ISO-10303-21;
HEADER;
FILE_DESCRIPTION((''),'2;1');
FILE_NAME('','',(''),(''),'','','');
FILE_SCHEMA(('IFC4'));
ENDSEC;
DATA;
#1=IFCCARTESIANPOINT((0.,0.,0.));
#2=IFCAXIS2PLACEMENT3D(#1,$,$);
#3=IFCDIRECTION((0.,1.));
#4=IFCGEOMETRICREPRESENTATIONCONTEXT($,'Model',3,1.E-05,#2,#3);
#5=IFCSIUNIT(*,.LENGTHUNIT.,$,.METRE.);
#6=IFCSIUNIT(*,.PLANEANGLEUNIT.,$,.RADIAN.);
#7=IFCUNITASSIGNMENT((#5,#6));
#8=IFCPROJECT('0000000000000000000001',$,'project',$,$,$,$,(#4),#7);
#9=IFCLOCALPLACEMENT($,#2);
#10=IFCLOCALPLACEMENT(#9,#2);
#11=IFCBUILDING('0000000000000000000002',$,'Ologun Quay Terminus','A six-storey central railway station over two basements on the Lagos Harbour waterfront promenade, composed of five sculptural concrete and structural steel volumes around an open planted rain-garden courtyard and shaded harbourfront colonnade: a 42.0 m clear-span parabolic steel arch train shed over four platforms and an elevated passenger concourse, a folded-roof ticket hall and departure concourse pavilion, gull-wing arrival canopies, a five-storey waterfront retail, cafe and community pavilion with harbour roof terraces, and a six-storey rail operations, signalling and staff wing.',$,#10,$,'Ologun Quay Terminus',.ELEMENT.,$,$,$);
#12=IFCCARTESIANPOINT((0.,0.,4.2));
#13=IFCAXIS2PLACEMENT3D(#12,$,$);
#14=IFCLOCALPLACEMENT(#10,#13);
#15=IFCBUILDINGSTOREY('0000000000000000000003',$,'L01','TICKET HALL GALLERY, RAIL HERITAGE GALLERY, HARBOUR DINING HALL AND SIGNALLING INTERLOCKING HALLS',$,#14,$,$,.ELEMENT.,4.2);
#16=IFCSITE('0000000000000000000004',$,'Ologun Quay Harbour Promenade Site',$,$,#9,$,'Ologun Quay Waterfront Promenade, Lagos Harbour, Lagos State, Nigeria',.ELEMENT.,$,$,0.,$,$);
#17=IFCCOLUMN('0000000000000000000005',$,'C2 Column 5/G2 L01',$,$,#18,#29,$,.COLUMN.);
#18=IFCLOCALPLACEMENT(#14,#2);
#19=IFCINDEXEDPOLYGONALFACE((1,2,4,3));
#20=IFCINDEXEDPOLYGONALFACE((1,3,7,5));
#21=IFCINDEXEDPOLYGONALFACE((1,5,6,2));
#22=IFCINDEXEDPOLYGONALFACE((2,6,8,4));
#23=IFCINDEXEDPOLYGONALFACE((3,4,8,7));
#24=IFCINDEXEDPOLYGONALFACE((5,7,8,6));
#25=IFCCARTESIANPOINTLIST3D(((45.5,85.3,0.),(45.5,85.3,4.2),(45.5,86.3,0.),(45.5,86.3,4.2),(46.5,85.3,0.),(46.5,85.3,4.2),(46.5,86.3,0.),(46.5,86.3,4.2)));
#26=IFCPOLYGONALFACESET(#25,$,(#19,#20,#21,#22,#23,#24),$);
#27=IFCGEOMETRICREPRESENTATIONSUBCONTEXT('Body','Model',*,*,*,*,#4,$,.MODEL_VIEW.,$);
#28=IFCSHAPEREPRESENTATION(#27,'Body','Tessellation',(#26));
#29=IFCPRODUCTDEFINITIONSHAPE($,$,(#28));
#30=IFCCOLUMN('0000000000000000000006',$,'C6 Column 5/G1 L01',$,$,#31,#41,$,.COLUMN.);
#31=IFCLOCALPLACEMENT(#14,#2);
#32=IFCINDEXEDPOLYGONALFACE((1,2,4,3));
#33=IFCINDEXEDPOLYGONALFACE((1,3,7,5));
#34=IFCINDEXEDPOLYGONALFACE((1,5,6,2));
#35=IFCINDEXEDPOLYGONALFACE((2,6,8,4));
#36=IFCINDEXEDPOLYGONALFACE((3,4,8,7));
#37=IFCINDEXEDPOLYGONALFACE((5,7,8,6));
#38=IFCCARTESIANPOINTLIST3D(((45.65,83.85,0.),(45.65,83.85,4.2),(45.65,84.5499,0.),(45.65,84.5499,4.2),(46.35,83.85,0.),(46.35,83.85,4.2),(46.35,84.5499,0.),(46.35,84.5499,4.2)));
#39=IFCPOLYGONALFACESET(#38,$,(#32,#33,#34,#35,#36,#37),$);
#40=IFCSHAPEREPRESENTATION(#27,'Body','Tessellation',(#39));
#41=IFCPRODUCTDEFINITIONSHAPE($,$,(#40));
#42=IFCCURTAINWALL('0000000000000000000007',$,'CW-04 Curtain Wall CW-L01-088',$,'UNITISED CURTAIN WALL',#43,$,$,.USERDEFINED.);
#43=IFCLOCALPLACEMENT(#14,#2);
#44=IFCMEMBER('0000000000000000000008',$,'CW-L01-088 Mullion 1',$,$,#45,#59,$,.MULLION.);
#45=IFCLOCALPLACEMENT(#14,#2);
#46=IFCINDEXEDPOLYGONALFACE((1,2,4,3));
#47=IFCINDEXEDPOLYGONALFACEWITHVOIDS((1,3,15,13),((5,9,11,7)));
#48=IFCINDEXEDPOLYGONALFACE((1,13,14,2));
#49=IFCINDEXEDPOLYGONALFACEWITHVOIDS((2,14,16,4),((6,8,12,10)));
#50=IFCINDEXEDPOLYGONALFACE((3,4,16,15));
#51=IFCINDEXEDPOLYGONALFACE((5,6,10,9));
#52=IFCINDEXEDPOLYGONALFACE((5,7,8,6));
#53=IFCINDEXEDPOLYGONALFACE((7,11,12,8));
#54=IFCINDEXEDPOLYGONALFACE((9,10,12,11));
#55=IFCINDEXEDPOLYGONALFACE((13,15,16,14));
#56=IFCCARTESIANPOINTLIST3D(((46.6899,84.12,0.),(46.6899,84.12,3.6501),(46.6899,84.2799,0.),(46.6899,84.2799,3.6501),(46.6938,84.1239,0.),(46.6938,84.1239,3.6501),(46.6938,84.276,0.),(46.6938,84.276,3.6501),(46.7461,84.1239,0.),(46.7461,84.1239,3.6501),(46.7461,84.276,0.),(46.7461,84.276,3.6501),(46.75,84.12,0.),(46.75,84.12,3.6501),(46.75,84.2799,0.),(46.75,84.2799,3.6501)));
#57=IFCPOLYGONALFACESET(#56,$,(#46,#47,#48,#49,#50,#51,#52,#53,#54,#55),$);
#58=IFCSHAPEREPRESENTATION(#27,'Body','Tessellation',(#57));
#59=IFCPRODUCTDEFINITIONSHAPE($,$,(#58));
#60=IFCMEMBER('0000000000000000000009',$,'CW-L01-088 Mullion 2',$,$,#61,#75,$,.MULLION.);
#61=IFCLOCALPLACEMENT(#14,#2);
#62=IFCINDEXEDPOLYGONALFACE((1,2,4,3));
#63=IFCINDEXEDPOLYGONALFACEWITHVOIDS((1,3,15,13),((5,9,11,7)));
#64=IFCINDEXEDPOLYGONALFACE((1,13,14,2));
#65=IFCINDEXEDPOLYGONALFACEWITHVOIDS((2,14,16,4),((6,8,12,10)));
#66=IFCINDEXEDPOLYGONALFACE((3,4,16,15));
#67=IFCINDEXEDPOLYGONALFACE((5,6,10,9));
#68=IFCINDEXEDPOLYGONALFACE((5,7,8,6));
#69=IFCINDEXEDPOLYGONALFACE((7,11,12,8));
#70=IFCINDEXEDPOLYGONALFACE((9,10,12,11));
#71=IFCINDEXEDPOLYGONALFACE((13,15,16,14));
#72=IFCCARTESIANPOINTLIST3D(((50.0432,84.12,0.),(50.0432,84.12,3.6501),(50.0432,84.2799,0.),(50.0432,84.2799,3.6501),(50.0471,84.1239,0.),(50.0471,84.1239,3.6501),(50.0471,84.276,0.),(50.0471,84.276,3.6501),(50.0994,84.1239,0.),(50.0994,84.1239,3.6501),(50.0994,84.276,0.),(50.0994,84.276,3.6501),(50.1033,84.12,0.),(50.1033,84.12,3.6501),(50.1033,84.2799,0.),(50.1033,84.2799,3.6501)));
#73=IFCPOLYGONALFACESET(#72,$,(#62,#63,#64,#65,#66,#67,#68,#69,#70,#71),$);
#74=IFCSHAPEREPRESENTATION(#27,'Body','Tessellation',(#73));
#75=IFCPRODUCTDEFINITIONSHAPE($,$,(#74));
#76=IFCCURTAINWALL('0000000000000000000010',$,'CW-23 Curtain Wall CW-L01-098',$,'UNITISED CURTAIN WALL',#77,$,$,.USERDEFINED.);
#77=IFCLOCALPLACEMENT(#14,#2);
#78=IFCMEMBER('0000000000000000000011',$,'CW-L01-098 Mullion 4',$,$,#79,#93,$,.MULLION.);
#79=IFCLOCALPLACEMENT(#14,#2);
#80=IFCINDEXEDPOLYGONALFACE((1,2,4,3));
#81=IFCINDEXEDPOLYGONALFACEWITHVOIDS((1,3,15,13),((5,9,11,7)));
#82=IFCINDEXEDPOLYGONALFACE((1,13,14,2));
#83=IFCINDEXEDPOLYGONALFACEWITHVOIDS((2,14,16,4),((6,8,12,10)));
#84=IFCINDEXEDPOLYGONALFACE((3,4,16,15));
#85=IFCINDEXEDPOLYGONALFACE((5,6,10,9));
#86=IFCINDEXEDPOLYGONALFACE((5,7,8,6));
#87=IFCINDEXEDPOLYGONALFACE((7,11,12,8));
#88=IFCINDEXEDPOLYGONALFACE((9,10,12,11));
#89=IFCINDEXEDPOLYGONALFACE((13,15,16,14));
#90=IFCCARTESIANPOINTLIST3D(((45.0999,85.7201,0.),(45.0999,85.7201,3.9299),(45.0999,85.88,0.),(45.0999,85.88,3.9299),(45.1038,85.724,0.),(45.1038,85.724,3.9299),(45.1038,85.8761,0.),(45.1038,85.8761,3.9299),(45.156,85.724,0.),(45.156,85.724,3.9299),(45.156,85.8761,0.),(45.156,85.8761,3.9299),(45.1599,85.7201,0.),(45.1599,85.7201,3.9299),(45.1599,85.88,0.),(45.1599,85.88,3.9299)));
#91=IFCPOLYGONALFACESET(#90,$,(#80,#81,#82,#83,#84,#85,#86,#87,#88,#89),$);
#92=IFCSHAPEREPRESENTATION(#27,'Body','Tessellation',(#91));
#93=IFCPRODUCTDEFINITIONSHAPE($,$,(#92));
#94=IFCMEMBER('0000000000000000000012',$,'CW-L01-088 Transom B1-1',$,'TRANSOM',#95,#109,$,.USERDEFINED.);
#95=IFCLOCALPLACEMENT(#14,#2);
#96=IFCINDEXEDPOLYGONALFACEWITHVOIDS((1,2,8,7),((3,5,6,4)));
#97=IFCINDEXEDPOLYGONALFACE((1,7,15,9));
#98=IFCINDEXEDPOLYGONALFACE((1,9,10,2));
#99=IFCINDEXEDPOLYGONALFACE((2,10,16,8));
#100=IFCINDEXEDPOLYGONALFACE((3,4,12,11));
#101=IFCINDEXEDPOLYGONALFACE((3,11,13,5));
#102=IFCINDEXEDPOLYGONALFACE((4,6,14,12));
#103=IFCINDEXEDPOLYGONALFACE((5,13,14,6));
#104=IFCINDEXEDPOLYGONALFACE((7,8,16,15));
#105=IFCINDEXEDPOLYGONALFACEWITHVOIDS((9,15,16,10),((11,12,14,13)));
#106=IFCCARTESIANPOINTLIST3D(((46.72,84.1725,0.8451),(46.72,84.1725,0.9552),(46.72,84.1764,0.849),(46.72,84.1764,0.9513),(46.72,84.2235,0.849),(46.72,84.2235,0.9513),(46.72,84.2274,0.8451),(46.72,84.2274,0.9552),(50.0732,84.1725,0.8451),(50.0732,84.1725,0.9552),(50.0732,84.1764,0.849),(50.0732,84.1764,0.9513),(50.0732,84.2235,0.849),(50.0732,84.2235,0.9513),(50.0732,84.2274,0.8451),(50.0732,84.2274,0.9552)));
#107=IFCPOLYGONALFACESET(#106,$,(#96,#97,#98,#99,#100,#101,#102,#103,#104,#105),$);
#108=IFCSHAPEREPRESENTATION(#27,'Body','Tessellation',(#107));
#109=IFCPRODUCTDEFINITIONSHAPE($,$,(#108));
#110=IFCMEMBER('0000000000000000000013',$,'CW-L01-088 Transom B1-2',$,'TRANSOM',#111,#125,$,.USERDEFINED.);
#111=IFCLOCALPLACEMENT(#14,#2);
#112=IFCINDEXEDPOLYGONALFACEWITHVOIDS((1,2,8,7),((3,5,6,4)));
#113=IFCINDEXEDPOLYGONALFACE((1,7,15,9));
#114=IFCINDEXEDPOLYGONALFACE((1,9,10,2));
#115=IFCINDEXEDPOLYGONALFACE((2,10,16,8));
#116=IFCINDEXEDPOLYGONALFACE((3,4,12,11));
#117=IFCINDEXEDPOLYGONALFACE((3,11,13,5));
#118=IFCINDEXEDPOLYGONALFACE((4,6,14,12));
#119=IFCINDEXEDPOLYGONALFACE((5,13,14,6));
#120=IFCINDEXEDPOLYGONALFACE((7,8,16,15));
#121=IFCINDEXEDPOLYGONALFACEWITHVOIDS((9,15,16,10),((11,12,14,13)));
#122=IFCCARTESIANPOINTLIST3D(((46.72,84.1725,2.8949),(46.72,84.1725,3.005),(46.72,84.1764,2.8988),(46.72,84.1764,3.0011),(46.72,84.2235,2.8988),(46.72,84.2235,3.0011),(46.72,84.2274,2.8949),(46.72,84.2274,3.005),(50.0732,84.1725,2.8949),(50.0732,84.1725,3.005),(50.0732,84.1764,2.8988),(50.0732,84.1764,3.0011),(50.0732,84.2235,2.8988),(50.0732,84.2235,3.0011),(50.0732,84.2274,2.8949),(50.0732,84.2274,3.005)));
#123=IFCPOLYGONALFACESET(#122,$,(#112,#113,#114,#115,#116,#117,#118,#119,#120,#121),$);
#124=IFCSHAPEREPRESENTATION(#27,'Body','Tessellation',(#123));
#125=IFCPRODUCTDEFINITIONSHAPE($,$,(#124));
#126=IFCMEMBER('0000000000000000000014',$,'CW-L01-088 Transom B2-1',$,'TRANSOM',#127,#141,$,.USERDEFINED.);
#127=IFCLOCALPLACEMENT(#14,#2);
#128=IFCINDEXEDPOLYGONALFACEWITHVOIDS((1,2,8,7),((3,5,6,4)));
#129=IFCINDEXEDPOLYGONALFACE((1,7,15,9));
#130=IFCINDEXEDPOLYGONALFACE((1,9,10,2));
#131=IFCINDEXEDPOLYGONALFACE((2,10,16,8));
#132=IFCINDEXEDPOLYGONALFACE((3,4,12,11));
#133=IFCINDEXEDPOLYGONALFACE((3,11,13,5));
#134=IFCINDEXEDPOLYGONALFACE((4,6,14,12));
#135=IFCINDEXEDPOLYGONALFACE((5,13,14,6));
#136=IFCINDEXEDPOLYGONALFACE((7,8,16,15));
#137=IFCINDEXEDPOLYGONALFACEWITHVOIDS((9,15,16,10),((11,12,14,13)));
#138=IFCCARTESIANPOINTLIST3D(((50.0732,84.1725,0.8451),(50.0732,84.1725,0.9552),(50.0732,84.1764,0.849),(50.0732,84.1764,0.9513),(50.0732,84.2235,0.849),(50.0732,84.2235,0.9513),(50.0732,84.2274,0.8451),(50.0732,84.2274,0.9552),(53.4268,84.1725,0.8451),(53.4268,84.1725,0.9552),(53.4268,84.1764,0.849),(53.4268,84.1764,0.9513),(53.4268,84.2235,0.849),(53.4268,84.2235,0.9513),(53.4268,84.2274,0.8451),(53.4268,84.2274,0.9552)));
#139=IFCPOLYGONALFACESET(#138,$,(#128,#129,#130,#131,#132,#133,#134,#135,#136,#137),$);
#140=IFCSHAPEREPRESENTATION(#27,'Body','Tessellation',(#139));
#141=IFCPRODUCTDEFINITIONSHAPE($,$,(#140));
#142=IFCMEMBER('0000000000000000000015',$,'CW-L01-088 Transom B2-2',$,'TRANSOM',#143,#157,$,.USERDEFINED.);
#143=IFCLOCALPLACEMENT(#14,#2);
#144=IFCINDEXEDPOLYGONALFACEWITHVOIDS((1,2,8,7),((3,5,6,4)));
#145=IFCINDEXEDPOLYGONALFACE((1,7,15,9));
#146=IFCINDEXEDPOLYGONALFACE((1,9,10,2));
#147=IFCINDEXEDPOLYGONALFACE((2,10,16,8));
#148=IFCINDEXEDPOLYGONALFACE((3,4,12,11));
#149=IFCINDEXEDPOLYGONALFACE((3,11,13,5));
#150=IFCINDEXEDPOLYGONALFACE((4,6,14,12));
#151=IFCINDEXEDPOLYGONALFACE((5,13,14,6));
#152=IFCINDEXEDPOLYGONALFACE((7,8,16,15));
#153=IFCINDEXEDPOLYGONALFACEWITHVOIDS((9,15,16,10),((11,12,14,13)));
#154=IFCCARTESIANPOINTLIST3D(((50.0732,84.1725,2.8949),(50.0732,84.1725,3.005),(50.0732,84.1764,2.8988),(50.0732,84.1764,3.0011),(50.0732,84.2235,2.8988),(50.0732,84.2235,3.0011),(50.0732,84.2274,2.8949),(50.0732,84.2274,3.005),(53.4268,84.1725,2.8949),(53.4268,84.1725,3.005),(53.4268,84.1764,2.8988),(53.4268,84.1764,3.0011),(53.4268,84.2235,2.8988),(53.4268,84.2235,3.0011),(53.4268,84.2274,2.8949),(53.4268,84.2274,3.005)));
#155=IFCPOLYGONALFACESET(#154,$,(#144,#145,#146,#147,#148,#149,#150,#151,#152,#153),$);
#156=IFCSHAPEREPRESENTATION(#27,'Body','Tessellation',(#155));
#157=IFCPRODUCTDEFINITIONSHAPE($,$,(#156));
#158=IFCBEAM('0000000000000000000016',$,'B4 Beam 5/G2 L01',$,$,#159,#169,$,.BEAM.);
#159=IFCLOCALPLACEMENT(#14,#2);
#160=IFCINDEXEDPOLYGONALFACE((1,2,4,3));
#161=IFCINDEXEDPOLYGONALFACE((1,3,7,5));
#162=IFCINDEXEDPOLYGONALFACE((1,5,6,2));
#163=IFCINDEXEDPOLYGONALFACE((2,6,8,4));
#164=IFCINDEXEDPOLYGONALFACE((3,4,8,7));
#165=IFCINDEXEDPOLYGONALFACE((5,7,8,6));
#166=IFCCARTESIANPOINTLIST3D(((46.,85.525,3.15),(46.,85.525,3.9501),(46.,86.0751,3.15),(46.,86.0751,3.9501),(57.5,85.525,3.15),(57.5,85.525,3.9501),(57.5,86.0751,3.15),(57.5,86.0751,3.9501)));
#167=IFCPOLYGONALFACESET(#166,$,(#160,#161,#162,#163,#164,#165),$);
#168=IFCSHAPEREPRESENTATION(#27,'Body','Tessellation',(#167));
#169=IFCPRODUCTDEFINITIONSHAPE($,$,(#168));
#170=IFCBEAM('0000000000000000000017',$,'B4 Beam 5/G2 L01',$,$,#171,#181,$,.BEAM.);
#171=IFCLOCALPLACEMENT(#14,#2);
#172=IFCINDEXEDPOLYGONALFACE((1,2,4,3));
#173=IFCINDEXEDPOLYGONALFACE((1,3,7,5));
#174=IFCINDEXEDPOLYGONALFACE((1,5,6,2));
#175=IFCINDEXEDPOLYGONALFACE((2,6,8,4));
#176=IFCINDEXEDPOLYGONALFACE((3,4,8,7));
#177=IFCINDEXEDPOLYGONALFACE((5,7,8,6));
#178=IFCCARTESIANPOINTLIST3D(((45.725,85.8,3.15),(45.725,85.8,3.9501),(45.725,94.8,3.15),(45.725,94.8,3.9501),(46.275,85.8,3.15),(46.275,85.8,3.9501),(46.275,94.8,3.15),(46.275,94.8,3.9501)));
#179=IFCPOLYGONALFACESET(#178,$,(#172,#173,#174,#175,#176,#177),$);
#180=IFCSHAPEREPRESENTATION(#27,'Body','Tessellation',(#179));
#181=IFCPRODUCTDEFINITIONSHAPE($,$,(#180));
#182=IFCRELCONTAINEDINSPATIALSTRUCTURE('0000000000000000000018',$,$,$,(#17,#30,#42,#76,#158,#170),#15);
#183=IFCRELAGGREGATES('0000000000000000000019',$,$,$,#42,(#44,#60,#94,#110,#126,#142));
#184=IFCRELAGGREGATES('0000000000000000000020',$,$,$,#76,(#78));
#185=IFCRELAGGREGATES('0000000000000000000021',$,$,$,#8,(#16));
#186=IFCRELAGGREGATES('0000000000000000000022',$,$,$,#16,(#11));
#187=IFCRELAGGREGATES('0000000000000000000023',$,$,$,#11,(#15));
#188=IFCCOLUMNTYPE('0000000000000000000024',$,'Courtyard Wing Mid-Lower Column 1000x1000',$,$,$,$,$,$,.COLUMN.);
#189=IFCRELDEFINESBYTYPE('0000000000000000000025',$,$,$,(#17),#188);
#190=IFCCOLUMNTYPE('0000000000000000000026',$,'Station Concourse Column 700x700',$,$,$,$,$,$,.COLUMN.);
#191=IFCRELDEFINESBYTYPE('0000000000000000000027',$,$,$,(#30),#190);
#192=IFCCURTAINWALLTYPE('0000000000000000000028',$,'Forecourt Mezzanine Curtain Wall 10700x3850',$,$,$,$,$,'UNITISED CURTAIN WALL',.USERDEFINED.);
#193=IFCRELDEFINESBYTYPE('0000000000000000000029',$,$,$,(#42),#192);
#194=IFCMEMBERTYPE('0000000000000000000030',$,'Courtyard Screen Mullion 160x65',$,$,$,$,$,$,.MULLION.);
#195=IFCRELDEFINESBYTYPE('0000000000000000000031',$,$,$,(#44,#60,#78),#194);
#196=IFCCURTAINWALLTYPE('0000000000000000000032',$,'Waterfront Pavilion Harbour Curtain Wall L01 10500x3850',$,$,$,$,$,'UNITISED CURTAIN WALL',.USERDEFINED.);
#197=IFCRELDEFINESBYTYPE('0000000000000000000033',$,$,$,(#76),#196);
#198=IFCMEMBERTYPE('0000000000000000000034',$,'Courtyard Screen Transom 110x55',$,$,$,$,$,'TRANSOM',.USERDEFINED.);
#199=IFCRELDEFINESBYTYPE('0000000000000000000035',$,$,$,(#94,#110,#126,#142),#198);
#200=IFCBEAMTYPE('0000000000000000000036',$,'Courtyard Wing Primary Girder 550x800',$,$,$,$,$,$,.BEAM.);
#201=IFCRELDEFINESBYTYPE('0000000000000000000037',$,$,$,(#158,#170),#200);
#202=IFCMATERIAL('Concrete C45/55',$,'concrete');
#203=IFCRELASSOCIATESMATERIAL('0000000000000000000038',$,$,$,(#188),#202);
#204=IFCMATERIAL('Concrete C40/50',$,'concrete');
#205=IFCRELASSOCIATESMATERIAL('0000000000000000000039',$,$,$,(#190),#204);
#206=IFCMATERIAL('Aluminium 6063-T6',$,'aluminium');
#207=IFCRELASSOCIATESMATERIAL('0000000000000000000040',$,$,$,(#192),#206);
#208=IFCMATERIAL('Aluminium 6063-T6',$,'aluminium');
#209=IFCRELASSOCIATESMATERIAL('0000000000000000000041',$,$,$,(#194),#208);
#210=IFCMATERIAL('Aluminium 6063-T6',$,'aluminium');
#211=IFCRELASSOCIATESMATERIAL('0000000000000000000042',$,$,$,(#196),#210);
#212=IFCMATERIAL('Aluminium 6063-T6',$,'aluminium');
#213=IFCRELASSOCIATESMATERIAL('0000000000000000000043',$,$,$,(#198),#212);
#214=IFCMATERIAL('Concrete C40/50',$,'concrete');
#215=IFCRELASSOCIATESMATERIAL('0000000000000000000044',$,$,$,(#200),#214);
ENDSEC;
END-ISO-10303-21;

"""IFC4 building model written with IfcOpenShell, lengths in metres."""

from ifc_helpers import new_model, si_unit, direction, frame, origin, origin_2d, place, context, subcontext, project, spatial, rectangle, hollow_rectangle, extrude, material, material_profile, profile_set, type_object, element, aggregate, save


model = new_model("IFC4")

# Units and contexts
model_context = context("Model", 3, precision=1e-05, world=origin(), true_north=direction((0.0, 1.0)))
body_context = subcontext(model_context, "Body", "Model", "MODEL_VIEW")
ifc_project = project(units=[si_unit("LENGTHUNIT", "METRE"), si_unit("PLANEANGLEUNIT", "RADIAN")], contexts=[model_context])

# Site, building, storey
site_placement = place(None, origin())
site = spatial("IfcSite", under=ifc_project, at=site_placement, Name="Ologun Quay Harbour Promenade Site", LongName="Ologun Quay Waterfront Promenade, Lagos Harbour, Lagos State, Nigeria", CompositionType="ELEMENT", RefElevation=0.0)
building_placement = place(site_placement, origin())
building = spatial("IfcBuilding", under=site, at=building_placement, Name="Ologun Quay Terminus", Description="A six-storey central railway station over two basements on the Lagos Harbour waterfront promenade, composed of five sculptural concrete and structural steel volumes around an open planted rain-garden courtyard and shaded harbourfront colonnade: a 42.0 m clear-span parabolic steel arch train shed over four platforms and an elevated passenger concourse, a folded-roof ticket hall and departure concourse pavilion, gull-wing arrival canopies, a five-storey waterfront retail, cafe and community pavilion with harbour roof terraces, and a six-storey rail operations, signalling and staff wing.", LongName="Ologun Quay Terminus", CompositionType="ELEMENT")
storey_placement = place(building_placement, frame((0.0, 0.0, 4.2)))
storey = spatial("IfcBuildingStorey", under=building, at=storey_placement, Name="L01", Description="TICKET HALL GALLERY, RAIL HERITAGE GALLERY, HARBOUR DINING HALL AND SIGNALLING INTERLOCKING HALLS", CompositionType="ELEMENT", Elevation=4.2)

# Columns
ifc_material_1 = material(Name="Concrete C45/55", Category="concrete")
ifc_material_profile_1 = material_profile(ifc_material_1, rectangle(XDim=1.0, YDim=1.0, at=origin_2d()), Name="RC 1000x1000")
ifc_profile_set_1 = profile_set([ifc_material_profile_1], Name="Concrete C45/55")
column_type_1 = type_object("IfcColumnType", Name="Courtyard Wing Mid-Lower Column 1000x1000", PredefinedType="COLUMN", material=ifc_profile_set_1)
column_1_placement = place(storey_placement, frame((46.0, 85.8, 0.0), z_axis=(0.0, 0.0, 1.0), x_axis=(1.0, 0.0, 0.0)))
element("IfcColumn", 1, at=column_1_placement, inside=storey, type_object=column_type_1, Name="C2 Column 5/G2 L01", PredefinedType="COLUMN", context=body_context, shape_type="SweptSolid", body=[
    extrude(rectangle(XDim=1.0, YDim=1.0, at=origin_2d()), origin(), (0.0, 0.0, 1.0), 4.2),
])
ifc_material_2 = material(Name="Concrete C40/50", Category="concrete")
ifc_material_profile_2 = material_profile(ifc_material_2, rectangle(XDim=0.7, YDim=0.7, at=origin_2d()), Name="RC 700x700")
ifc_profile_set_2 = profile_set([ifc_material_profile_2], Name="Concrete C40/50")
column_type_2 = type_object("IfcColumnType", Name="Station Concourse Column 700x700", PredefinedType="COLUMN", material=ifc_profile_set_2)
column_2_placement = place(storey_placement, frame((46.0, 84.2, 0.0), z_axis=(0.0, 0.0, 1.0), x_axis=(1.0, 0.0, 0.0)))
element("IfcColumn", 2, at=column_2_placement, inside=storey, type_object=column_type_2, Name="C6 Column 5/G1 L01", PredefinedType="COLUMN", context=body_context, shape_type="SweptSolid", body=[
    extrude(rectangle(XDim=0.7, YDim=0.7, at=origin_2d()), origin(), (0.0, 0.0, 1.0), 4.2),
])

# Curtain wall, members
ifc_material_3 = material(Name="Aluminium 6063-T6", Category="aluminium")
curtain_wall_type_1 = type_object("IfcCurtainWallType", Name="Forecourt Mezzanine Curtain Wall 10700x3850", ElementType="UNITISED CURTAIN WALL", PredefinedType="USERDEFINED", material=ifc_material_3)
curtain_wall_1_placement = place(storey_placement, origin())
curtain_wall_1 = element("IfcCurtainWall", 3, at=curtain_wall_1_placement, inside=storey, type_object=curtain_wall_type_1, Name="CW-04 Curtain Wall CW-L01-088", ObjectType="UNITISED CURTAIN WALL", PredefinedType="USERDEFINED")
ifc_material_4 = material(Name="Aluminium 6063-T6", Category="aluminium")
ifc_material_profile_3 = material_profile(ifc_material_4, hollow_rectangle(XDim=0.0601, YDim=0.1599, WallThickness=0.0039, at=origin_2d()), Name="ALU 160x60x4")
ifc_profile_set_3 = profile_set([ifc_material_profile_3], Name="Aluminium 6063-T6")
member_type_1 = type_object("IfcMemberType", Name="Courtyard Screen Mullion 160x65", PredefinedType="MULLION", material=ifc_profile_set_3)
member_1_placement = place(storey_placement, frame((46.72, 84.2, 0.0), z_axis=(0.0, 0.0, 1.0), x_axis=(1.0, 0.0, 0.0)))
member_1 = element("IfcMember", 4, at=member_1_placement, type_object=member_type_1, Name="CW-L01-088 Mullion 1", PredefinedType="MULLION", context=body_context, shape_type="SweptSolid", body=[
    extrude(hollow_rectangle(XDim=0.0601, YDim=0.1599, WallThickness=0.0039, at=origin_2d()), origin(), (0.0, 0.0, 1.0), 3.6501),
])
member_2_placement = place(storey_placement, frame((50.0732, 84.2, 0.0), z_axis=(0.0, 0.0, 1.0), x_axis=(1.0, 0.0, 0.0)))
member_2 = element("IfcMember", 5, at=member_2_placement, type_object=member_type_1, Name="CW-L01-088 Mullion 2", PredefinedType="MULLION", context=body_context, shape_type="SweptSolid", body=[
    extrude(hollow_rectangle(XDim=0.0601, YDim=0.1599, WallThickness=0.0039, at=origin_2d()), origin(), (0.0, 0.0, 1.0), 3.6501),
])

# Curtain wall, member
ifc_material_5 = material(Name="Aluminium 6063-T6", Category="aluminium")
curtain_wall_type_2 = type_object("IfcCurtainWallType", Name="Waterfront Pavilion Harbour Curtain Wall L01 10500x3850", ElementType="UNITISED CURTAIN WALL", PredefinedType="USERDEFINED", material=ifc_material_5)
curtain_wall_2_placement = place(storey_placement, origin())
curtain_wall_2 = element("IfcCurtainWall", 6, at=curtain_wall_2_placement, inside=storey, type_object=curtain_wall_type_2, Name="CW-23 Curtain Wall CW-L01-098", ObjectType="UNITISED CURTAIN WALL", PredefinedType="USERDEFINED")
member_3_placement = place(storey_placement, frame((45.1299, 85.8, 0.0), z_axis=(0.0, 0.0, 1.0), x_axis=(1.0, 0.0, 0.0)))
member_3 = element("IfcMember", 7, at=member_3_placement, type_object=member_type_1, Name="CW-L01-098 Mullion 4", PredefinedType="MULLION", context=body_context, shape_type="SweptSolid", body=[
    extrude(hollow_rectangle(XDim=0.0601, YDim=0.1599, WallThickness=0.0039, at=origin_2d()), origin(), (0.0, 0.0, 1.0), 3.9299),
])

# Members
ifc_material_6 = material(Name="Aluminium 6063-T6", Category="aluminium")
ifc_material_profile_4 = material_profile(ifc_material_6, hollow_rectangle(XDim=0.0549, YDim=0.1101, WallThickness=0.0039, at=origin_2d()), Name="ALU 110x55x4")
ifc_profile_set_4 = profile_set([ifc_material_profile_4], Name="Aluminium 6063-T6")
member_type_2 = type_object("IfcMemberType", Name="Courtyard Screen Transom 110x55", ElementType="TRANSOM", PredefinedType="USERDEFINED", material=ifc_profile_set_4)
member_4_placement = place(storey_placement, frame((46.72, 84.2, 0.9001), z_axis=(1.0, 0.0, 0.0), x_axis=(0.0, 1.0, 0.0)))
member_4 = element("IfcMember", 8, at=member_4_placement, type_object=member_type_2, Name="CW-L01-088 Transom B1-1", ObjectType="TRANSOM", PredefinedType="USERDEFINED", context=body_context, shape_type="SweptSolid", body=[
    extrude(hollow_rectangle(XDim=0.0549, YDim=0.1101, WallThickness=0.0039, at=origin_2d()), origin(), (0.0, 0.0, 1.0), 3.3533),
])
member_5_placement = place(storey_placement, frame((46.72, 84.2, 2.95), z_axis=(1.0, 0.0, 0.0), x_axis=(0.0, 1.0, 0.0)))
member_5 = element("IfcMember", 9, at=member_5_placement, type_object=member_type_2, Name="CW-L01-088 Transom B1-2", ObjectType="TRANSOM", PredefinedType="USERDEFINED", context=body_context, shape_type="SweptSolid", body=[
    extrude(hollow_rectangle(XDim=0.0549, YDim=0.1101, WallThickness=0.0039, at=origin_2d()), origin(), (0.0, 0.0, 1.0), 3.3533),
])
member_6_placement = place(storey_placement, frame((50.0732, 84.2, 0.9001), z_axis=(1.0, 0.0, 0.0), x_axis=(0.0, 1.0, 0.0)))
member_6 = element("IfcMember", 10, at=member_6_placement, type_object=member_type_2, Name="CW-L01-088 Transom B2-1", ObjectType="TRANSOM", PredefinedType="USERDEFINED", context=body_context, shape_type="SweptSolid", body=[
    extrude(hollow_rectangle(XDim=0.0549, YDim=0.1101, WallThickness=0.0039, at=origin_2d()), origin(), (0.0, 0.0, 1.0), 3.3535),
])
member_7_placement = place(storey_placement, frame((50.0732, 84.2, 2.95), z_axis=(1.0, 0.0, 0.0), x_axis=(0.0, 1.0, 0.0)))
member_7 = element("IfcMember", 11, at=member_7_placement, type_object=member_type_2, Name="CW-L01-088 Transom B2-2", ObjectType="TRANSOM", PredefinedType="USERDEFINED", context=body_context, shape_type="SweptSolid", body=[
    extrude(hollow_rectangle(XDim=0.0549, YDim=0.1101, WallThickness=0.0039, at=origin_2d()), origin(), (0.0, 0.0, 1.0), 3.3535),
])

# Beams
ifc_material_7 = material(Name="Concrete C40/50", Category="concrete")
ifc_material_profile_5 = material_profile(ifc_material_7, rectangle(XDim=0.55, YDim=0.8, at=origin_2d()), Name="RC 550x800")
ifc_profile_set_5 = profile_set([ifc_material_profile_5], Name="Concrete C40/50")
beam_type_1 = type_object("IfcBeamType", Name="Courtyard Wing Primary Girder 550x800", PredefinedType="BEAM", material=ifc_profile_set_5)
beam_1_placement = place(storey_placement, frame((46.0, 85.8, 3.55), z_axis=(1.0, 0.0, 0.0), x_axis=(0.0, 1.0, 0.0)))
element("IfcBeam", 12, at=beam_1_placement, inside=storey, type_object=beam_type_1, Name="B4 Beam 5/G2 L01", PredefinedType="BEAM", context=body_context, shape_type="SweptSolid", body=[
    extrude(rectangle(XDim=0.55, YDim=0.8, at=origin_2d()), origin(), (0.0, 0.0, 1.0), 11.5),
])
beam_2_placement = place(storey_placement, frame((46.0, 85.8, 3.55), z_axis=(0.0, 1.0, 0.0), x_axis=(-1.0, 0.0, 0.0)))
element("IfcBeam", 13, at=beam_2_placement, inside=storey, type_object=beam_type_1, Name="B4 Beam 5/G2 L01", PredefinedType="BEAM", context=body_context, shape_type="SweptSolid", body=[
    extrude(rectangle(XDim=0.55, YDim=0.8, at=origin_2d()), origin(), (0.0, 0.0, 1.0), 9.0),
])

aggregate(curtain_wall_1, [member_1, member_2, member_4, member_5, member_6, member_7])
aggregate(curtain_wall_2, [member_3])

save(model, "model.ifc")
